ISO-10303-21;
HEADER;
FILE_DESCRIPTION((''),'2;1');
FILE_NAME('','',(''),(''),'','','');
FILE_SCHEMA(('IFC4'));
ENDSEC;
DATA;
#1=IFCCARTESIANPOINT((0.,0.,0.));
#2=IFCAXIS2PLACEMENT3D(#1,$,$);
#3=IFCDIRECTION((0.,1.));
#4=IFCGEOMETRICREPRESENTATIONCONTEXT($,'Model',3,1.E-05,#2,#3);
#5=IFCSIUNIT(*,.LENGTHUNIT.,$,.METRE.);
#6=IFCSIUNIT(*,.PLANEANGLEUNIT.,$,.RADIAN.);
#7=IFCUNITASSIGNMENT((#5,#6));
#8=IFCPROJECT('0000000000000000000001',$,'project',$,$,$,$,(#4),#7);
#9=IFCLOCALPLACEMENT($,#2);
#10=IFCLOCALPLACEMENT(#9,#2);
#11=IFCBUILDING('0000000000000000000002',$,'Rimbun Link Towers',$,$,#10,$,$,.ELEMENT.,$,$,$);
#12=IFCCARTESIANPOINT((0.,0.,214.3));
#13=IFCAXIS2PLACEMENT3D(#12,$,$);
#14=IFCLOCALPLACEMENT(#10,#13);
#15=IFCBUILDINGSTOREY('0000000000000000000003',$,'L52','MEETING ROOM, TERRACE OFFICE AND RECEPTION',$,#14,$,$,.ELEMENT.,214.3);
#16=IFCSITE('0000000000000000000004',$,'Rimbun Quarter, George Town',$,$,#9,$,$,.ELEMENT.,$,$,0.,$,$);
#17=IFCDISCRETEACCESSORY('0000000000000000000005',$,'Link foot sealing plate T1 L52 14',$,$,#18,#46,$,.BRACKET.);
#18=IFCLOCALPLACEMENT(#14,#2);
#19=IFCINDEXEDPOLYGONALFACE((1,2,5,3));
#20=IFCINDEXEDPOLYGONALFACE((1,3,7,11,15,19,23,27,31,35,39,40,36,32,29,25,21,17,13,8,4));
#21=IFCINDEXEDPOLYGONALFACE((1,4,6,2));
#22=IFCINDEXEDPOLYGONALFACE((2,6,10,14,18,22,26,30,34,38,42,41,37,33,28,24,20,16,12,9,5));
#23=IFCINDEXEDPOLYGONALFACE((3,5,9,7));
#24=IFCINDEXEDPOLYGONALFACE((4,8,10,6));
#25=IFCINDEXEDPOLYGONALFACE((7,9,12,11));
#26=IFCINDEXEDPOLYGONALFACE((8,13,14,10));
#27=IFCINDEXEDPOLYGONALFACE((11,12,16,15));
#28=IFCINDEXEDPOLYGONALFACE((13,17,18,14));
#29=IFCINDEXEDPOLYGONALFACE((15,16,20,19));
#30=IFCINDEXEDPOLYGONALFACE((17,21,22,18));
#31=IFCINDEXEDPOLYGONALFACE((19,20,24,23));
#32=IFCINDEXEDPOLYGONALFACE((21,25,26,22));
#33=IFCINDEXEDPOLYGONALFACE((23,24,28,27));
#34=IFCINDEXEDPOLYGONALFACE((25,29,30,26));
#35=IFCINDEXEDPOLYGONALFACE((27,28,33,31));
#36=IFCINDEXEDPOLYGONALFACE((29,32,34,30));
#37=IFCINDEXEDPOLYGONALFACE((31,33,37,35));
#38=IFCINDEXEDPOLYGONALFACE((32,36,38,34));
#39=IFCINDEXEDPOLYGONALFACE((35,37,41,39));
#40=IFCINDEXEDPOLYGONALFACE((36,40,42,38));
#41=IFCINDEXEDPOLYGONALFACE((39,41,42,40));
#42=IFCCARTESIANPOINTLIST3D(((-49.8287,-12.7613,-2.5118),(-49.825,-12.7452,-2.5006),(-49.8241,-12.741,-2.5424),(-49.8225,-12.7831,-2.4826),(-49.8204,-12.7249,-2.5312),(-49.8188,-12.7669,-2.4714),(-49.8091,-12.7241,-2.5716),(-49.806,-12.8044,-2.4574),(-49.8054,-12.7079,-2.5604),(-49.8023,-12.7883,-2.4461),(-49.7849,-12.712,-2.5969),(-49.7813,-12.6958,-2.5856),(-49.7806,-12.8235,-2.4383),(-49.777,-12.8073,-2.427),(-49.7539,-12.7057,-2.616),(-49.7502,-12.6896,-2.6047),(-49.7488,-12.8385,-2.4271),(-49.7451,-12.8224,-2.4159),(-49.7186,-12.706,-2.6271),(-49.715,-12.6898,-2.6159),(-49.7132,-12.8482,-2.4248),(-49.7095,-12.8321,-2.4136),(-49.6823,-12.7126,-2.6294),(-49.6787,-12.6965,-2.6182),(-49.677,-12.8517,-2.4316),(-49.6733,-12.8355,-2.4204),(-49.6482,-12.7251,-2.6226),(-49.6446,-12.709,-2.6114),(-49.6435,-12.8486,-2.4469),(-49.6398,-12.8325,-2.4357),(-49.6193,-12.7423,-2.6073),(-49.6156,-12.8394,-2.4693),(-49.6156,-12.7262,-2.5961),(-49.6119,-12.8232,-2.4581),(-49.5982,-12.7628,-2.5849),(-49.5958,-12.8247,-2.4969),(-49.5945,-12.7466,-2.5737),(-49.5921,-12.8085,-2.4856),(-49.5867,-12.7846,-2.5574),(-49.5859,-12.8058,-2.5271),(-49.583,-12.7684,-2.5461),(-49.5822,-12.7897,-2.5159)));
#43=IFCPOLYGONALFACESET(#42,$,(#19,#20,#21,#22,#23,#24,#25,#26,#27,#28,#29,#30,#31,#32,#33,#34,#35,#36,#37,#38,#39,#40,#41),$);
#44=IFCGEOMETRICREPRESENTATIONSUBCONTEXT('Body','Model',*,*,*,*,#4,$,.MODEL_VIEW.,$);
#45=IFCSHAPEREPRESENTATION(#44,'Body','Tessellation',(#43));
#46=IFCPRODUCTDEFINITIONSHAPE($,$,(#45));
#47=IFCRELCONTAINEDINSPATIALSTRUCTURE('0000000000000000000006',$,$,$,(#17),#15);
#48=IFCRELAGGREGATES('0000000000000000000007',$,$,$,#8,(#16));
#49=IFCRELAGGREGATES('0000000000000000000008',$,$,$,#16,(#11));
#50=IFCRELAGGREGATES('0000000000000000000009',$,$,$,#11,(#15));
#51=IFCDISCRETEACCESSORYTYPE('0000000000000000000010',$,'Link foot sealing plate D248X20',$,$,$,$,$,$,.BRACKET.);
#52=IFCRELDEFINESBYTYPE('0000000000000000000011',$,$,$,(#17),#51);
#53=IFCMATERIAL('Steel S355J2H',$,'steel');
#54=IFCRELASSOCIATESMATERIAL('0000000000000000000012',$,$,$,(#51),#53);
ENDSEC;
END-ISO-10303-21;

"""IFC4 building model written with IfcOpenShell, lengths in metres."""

from ifc_helpers import new_model, si_unit, direction, frame, origin, origin_2d, place, context, subcontext, project, spatial, circle, extrude, material, material_profile, profile_set, type_object, element, save


model = new_model("IFC4")

# Units and contexts
model_context = context("Model", 3, precision=1e-05, world=origin(), true_north=direction((0.0, 1.0)))
body_context = subcontext(model_context, "Body", "Model", "MODEL_VIEW")
ifc_project = project(units=[si_unit("LENGTHUNIT", "METRE"), si_unit("PLANEANGLEUNIT", "RADIAN")], contexts=[model_context])

# Site, building, storey
site_placement = place(None, origin())
site = spatial("IfcSite", under=ifc_project, at=site_placement, Name="Rimbun Quarter, George Town", CompositionType="ELEMENT", RefElevation=0.0)
building_placement = place(site_placement, origin())
building = spatial("IfcBuilding", under=site, at=building_placement, Name="Rimbun Link Towers", CompositionType="ELEMENT")
storey_placement = place(building_placement, frame((0.0, 0.0, 214.3)))
storey = spatial("IfcBuildingStorey", under=building, at=storey_placement, Name="L52", Description="MEETING ROOM, TERRACE OFFICE AND RECEPTION", CompositionType="ELEMENT", Elevation=214.3)

# Discrete accessory
ifc_material_1 = material(Name="Steel S355J2H", Category="steel")
ifc_material_profile_1 = material_profile(ifc_material_1, circle(Radius=0.124, at=origin_2d()), Name="PL D248")
ifc_profile_set_1 = profile_set([ifc_material_profile_1], Name="Steel S355J2H")
discrete_accessory_type = type_object("IfcDiscreteAccessoryType", Name="Link foot sealing plate D248X20", PredefinedType="BRACKET", material=ifc_profile_set_1)
discrete_accessory_placement = place(storey_placement, frame((-49.7031, -12.7622, -2.5159), z_axis=(-0.183295, -0.806499, -0.562105), x_axis=(0.975133, -0.221621, 0.0)))
element("IfcDiscreteAccessory", 1, at=discrete_accessory_placement, inside=storey, type_object=discrete_accessory_type, Name="Link foot sealing plate T1 L52 14", PredefinedType="BRACKET", context=body_context, shape_type="SweptSolid", body=[
    extrude(circle(Radius=0.124, at=origin_2d()), origin(), (0.0, 0.0, 1.0), 0.02),
])

save(model, "model.ifc")
